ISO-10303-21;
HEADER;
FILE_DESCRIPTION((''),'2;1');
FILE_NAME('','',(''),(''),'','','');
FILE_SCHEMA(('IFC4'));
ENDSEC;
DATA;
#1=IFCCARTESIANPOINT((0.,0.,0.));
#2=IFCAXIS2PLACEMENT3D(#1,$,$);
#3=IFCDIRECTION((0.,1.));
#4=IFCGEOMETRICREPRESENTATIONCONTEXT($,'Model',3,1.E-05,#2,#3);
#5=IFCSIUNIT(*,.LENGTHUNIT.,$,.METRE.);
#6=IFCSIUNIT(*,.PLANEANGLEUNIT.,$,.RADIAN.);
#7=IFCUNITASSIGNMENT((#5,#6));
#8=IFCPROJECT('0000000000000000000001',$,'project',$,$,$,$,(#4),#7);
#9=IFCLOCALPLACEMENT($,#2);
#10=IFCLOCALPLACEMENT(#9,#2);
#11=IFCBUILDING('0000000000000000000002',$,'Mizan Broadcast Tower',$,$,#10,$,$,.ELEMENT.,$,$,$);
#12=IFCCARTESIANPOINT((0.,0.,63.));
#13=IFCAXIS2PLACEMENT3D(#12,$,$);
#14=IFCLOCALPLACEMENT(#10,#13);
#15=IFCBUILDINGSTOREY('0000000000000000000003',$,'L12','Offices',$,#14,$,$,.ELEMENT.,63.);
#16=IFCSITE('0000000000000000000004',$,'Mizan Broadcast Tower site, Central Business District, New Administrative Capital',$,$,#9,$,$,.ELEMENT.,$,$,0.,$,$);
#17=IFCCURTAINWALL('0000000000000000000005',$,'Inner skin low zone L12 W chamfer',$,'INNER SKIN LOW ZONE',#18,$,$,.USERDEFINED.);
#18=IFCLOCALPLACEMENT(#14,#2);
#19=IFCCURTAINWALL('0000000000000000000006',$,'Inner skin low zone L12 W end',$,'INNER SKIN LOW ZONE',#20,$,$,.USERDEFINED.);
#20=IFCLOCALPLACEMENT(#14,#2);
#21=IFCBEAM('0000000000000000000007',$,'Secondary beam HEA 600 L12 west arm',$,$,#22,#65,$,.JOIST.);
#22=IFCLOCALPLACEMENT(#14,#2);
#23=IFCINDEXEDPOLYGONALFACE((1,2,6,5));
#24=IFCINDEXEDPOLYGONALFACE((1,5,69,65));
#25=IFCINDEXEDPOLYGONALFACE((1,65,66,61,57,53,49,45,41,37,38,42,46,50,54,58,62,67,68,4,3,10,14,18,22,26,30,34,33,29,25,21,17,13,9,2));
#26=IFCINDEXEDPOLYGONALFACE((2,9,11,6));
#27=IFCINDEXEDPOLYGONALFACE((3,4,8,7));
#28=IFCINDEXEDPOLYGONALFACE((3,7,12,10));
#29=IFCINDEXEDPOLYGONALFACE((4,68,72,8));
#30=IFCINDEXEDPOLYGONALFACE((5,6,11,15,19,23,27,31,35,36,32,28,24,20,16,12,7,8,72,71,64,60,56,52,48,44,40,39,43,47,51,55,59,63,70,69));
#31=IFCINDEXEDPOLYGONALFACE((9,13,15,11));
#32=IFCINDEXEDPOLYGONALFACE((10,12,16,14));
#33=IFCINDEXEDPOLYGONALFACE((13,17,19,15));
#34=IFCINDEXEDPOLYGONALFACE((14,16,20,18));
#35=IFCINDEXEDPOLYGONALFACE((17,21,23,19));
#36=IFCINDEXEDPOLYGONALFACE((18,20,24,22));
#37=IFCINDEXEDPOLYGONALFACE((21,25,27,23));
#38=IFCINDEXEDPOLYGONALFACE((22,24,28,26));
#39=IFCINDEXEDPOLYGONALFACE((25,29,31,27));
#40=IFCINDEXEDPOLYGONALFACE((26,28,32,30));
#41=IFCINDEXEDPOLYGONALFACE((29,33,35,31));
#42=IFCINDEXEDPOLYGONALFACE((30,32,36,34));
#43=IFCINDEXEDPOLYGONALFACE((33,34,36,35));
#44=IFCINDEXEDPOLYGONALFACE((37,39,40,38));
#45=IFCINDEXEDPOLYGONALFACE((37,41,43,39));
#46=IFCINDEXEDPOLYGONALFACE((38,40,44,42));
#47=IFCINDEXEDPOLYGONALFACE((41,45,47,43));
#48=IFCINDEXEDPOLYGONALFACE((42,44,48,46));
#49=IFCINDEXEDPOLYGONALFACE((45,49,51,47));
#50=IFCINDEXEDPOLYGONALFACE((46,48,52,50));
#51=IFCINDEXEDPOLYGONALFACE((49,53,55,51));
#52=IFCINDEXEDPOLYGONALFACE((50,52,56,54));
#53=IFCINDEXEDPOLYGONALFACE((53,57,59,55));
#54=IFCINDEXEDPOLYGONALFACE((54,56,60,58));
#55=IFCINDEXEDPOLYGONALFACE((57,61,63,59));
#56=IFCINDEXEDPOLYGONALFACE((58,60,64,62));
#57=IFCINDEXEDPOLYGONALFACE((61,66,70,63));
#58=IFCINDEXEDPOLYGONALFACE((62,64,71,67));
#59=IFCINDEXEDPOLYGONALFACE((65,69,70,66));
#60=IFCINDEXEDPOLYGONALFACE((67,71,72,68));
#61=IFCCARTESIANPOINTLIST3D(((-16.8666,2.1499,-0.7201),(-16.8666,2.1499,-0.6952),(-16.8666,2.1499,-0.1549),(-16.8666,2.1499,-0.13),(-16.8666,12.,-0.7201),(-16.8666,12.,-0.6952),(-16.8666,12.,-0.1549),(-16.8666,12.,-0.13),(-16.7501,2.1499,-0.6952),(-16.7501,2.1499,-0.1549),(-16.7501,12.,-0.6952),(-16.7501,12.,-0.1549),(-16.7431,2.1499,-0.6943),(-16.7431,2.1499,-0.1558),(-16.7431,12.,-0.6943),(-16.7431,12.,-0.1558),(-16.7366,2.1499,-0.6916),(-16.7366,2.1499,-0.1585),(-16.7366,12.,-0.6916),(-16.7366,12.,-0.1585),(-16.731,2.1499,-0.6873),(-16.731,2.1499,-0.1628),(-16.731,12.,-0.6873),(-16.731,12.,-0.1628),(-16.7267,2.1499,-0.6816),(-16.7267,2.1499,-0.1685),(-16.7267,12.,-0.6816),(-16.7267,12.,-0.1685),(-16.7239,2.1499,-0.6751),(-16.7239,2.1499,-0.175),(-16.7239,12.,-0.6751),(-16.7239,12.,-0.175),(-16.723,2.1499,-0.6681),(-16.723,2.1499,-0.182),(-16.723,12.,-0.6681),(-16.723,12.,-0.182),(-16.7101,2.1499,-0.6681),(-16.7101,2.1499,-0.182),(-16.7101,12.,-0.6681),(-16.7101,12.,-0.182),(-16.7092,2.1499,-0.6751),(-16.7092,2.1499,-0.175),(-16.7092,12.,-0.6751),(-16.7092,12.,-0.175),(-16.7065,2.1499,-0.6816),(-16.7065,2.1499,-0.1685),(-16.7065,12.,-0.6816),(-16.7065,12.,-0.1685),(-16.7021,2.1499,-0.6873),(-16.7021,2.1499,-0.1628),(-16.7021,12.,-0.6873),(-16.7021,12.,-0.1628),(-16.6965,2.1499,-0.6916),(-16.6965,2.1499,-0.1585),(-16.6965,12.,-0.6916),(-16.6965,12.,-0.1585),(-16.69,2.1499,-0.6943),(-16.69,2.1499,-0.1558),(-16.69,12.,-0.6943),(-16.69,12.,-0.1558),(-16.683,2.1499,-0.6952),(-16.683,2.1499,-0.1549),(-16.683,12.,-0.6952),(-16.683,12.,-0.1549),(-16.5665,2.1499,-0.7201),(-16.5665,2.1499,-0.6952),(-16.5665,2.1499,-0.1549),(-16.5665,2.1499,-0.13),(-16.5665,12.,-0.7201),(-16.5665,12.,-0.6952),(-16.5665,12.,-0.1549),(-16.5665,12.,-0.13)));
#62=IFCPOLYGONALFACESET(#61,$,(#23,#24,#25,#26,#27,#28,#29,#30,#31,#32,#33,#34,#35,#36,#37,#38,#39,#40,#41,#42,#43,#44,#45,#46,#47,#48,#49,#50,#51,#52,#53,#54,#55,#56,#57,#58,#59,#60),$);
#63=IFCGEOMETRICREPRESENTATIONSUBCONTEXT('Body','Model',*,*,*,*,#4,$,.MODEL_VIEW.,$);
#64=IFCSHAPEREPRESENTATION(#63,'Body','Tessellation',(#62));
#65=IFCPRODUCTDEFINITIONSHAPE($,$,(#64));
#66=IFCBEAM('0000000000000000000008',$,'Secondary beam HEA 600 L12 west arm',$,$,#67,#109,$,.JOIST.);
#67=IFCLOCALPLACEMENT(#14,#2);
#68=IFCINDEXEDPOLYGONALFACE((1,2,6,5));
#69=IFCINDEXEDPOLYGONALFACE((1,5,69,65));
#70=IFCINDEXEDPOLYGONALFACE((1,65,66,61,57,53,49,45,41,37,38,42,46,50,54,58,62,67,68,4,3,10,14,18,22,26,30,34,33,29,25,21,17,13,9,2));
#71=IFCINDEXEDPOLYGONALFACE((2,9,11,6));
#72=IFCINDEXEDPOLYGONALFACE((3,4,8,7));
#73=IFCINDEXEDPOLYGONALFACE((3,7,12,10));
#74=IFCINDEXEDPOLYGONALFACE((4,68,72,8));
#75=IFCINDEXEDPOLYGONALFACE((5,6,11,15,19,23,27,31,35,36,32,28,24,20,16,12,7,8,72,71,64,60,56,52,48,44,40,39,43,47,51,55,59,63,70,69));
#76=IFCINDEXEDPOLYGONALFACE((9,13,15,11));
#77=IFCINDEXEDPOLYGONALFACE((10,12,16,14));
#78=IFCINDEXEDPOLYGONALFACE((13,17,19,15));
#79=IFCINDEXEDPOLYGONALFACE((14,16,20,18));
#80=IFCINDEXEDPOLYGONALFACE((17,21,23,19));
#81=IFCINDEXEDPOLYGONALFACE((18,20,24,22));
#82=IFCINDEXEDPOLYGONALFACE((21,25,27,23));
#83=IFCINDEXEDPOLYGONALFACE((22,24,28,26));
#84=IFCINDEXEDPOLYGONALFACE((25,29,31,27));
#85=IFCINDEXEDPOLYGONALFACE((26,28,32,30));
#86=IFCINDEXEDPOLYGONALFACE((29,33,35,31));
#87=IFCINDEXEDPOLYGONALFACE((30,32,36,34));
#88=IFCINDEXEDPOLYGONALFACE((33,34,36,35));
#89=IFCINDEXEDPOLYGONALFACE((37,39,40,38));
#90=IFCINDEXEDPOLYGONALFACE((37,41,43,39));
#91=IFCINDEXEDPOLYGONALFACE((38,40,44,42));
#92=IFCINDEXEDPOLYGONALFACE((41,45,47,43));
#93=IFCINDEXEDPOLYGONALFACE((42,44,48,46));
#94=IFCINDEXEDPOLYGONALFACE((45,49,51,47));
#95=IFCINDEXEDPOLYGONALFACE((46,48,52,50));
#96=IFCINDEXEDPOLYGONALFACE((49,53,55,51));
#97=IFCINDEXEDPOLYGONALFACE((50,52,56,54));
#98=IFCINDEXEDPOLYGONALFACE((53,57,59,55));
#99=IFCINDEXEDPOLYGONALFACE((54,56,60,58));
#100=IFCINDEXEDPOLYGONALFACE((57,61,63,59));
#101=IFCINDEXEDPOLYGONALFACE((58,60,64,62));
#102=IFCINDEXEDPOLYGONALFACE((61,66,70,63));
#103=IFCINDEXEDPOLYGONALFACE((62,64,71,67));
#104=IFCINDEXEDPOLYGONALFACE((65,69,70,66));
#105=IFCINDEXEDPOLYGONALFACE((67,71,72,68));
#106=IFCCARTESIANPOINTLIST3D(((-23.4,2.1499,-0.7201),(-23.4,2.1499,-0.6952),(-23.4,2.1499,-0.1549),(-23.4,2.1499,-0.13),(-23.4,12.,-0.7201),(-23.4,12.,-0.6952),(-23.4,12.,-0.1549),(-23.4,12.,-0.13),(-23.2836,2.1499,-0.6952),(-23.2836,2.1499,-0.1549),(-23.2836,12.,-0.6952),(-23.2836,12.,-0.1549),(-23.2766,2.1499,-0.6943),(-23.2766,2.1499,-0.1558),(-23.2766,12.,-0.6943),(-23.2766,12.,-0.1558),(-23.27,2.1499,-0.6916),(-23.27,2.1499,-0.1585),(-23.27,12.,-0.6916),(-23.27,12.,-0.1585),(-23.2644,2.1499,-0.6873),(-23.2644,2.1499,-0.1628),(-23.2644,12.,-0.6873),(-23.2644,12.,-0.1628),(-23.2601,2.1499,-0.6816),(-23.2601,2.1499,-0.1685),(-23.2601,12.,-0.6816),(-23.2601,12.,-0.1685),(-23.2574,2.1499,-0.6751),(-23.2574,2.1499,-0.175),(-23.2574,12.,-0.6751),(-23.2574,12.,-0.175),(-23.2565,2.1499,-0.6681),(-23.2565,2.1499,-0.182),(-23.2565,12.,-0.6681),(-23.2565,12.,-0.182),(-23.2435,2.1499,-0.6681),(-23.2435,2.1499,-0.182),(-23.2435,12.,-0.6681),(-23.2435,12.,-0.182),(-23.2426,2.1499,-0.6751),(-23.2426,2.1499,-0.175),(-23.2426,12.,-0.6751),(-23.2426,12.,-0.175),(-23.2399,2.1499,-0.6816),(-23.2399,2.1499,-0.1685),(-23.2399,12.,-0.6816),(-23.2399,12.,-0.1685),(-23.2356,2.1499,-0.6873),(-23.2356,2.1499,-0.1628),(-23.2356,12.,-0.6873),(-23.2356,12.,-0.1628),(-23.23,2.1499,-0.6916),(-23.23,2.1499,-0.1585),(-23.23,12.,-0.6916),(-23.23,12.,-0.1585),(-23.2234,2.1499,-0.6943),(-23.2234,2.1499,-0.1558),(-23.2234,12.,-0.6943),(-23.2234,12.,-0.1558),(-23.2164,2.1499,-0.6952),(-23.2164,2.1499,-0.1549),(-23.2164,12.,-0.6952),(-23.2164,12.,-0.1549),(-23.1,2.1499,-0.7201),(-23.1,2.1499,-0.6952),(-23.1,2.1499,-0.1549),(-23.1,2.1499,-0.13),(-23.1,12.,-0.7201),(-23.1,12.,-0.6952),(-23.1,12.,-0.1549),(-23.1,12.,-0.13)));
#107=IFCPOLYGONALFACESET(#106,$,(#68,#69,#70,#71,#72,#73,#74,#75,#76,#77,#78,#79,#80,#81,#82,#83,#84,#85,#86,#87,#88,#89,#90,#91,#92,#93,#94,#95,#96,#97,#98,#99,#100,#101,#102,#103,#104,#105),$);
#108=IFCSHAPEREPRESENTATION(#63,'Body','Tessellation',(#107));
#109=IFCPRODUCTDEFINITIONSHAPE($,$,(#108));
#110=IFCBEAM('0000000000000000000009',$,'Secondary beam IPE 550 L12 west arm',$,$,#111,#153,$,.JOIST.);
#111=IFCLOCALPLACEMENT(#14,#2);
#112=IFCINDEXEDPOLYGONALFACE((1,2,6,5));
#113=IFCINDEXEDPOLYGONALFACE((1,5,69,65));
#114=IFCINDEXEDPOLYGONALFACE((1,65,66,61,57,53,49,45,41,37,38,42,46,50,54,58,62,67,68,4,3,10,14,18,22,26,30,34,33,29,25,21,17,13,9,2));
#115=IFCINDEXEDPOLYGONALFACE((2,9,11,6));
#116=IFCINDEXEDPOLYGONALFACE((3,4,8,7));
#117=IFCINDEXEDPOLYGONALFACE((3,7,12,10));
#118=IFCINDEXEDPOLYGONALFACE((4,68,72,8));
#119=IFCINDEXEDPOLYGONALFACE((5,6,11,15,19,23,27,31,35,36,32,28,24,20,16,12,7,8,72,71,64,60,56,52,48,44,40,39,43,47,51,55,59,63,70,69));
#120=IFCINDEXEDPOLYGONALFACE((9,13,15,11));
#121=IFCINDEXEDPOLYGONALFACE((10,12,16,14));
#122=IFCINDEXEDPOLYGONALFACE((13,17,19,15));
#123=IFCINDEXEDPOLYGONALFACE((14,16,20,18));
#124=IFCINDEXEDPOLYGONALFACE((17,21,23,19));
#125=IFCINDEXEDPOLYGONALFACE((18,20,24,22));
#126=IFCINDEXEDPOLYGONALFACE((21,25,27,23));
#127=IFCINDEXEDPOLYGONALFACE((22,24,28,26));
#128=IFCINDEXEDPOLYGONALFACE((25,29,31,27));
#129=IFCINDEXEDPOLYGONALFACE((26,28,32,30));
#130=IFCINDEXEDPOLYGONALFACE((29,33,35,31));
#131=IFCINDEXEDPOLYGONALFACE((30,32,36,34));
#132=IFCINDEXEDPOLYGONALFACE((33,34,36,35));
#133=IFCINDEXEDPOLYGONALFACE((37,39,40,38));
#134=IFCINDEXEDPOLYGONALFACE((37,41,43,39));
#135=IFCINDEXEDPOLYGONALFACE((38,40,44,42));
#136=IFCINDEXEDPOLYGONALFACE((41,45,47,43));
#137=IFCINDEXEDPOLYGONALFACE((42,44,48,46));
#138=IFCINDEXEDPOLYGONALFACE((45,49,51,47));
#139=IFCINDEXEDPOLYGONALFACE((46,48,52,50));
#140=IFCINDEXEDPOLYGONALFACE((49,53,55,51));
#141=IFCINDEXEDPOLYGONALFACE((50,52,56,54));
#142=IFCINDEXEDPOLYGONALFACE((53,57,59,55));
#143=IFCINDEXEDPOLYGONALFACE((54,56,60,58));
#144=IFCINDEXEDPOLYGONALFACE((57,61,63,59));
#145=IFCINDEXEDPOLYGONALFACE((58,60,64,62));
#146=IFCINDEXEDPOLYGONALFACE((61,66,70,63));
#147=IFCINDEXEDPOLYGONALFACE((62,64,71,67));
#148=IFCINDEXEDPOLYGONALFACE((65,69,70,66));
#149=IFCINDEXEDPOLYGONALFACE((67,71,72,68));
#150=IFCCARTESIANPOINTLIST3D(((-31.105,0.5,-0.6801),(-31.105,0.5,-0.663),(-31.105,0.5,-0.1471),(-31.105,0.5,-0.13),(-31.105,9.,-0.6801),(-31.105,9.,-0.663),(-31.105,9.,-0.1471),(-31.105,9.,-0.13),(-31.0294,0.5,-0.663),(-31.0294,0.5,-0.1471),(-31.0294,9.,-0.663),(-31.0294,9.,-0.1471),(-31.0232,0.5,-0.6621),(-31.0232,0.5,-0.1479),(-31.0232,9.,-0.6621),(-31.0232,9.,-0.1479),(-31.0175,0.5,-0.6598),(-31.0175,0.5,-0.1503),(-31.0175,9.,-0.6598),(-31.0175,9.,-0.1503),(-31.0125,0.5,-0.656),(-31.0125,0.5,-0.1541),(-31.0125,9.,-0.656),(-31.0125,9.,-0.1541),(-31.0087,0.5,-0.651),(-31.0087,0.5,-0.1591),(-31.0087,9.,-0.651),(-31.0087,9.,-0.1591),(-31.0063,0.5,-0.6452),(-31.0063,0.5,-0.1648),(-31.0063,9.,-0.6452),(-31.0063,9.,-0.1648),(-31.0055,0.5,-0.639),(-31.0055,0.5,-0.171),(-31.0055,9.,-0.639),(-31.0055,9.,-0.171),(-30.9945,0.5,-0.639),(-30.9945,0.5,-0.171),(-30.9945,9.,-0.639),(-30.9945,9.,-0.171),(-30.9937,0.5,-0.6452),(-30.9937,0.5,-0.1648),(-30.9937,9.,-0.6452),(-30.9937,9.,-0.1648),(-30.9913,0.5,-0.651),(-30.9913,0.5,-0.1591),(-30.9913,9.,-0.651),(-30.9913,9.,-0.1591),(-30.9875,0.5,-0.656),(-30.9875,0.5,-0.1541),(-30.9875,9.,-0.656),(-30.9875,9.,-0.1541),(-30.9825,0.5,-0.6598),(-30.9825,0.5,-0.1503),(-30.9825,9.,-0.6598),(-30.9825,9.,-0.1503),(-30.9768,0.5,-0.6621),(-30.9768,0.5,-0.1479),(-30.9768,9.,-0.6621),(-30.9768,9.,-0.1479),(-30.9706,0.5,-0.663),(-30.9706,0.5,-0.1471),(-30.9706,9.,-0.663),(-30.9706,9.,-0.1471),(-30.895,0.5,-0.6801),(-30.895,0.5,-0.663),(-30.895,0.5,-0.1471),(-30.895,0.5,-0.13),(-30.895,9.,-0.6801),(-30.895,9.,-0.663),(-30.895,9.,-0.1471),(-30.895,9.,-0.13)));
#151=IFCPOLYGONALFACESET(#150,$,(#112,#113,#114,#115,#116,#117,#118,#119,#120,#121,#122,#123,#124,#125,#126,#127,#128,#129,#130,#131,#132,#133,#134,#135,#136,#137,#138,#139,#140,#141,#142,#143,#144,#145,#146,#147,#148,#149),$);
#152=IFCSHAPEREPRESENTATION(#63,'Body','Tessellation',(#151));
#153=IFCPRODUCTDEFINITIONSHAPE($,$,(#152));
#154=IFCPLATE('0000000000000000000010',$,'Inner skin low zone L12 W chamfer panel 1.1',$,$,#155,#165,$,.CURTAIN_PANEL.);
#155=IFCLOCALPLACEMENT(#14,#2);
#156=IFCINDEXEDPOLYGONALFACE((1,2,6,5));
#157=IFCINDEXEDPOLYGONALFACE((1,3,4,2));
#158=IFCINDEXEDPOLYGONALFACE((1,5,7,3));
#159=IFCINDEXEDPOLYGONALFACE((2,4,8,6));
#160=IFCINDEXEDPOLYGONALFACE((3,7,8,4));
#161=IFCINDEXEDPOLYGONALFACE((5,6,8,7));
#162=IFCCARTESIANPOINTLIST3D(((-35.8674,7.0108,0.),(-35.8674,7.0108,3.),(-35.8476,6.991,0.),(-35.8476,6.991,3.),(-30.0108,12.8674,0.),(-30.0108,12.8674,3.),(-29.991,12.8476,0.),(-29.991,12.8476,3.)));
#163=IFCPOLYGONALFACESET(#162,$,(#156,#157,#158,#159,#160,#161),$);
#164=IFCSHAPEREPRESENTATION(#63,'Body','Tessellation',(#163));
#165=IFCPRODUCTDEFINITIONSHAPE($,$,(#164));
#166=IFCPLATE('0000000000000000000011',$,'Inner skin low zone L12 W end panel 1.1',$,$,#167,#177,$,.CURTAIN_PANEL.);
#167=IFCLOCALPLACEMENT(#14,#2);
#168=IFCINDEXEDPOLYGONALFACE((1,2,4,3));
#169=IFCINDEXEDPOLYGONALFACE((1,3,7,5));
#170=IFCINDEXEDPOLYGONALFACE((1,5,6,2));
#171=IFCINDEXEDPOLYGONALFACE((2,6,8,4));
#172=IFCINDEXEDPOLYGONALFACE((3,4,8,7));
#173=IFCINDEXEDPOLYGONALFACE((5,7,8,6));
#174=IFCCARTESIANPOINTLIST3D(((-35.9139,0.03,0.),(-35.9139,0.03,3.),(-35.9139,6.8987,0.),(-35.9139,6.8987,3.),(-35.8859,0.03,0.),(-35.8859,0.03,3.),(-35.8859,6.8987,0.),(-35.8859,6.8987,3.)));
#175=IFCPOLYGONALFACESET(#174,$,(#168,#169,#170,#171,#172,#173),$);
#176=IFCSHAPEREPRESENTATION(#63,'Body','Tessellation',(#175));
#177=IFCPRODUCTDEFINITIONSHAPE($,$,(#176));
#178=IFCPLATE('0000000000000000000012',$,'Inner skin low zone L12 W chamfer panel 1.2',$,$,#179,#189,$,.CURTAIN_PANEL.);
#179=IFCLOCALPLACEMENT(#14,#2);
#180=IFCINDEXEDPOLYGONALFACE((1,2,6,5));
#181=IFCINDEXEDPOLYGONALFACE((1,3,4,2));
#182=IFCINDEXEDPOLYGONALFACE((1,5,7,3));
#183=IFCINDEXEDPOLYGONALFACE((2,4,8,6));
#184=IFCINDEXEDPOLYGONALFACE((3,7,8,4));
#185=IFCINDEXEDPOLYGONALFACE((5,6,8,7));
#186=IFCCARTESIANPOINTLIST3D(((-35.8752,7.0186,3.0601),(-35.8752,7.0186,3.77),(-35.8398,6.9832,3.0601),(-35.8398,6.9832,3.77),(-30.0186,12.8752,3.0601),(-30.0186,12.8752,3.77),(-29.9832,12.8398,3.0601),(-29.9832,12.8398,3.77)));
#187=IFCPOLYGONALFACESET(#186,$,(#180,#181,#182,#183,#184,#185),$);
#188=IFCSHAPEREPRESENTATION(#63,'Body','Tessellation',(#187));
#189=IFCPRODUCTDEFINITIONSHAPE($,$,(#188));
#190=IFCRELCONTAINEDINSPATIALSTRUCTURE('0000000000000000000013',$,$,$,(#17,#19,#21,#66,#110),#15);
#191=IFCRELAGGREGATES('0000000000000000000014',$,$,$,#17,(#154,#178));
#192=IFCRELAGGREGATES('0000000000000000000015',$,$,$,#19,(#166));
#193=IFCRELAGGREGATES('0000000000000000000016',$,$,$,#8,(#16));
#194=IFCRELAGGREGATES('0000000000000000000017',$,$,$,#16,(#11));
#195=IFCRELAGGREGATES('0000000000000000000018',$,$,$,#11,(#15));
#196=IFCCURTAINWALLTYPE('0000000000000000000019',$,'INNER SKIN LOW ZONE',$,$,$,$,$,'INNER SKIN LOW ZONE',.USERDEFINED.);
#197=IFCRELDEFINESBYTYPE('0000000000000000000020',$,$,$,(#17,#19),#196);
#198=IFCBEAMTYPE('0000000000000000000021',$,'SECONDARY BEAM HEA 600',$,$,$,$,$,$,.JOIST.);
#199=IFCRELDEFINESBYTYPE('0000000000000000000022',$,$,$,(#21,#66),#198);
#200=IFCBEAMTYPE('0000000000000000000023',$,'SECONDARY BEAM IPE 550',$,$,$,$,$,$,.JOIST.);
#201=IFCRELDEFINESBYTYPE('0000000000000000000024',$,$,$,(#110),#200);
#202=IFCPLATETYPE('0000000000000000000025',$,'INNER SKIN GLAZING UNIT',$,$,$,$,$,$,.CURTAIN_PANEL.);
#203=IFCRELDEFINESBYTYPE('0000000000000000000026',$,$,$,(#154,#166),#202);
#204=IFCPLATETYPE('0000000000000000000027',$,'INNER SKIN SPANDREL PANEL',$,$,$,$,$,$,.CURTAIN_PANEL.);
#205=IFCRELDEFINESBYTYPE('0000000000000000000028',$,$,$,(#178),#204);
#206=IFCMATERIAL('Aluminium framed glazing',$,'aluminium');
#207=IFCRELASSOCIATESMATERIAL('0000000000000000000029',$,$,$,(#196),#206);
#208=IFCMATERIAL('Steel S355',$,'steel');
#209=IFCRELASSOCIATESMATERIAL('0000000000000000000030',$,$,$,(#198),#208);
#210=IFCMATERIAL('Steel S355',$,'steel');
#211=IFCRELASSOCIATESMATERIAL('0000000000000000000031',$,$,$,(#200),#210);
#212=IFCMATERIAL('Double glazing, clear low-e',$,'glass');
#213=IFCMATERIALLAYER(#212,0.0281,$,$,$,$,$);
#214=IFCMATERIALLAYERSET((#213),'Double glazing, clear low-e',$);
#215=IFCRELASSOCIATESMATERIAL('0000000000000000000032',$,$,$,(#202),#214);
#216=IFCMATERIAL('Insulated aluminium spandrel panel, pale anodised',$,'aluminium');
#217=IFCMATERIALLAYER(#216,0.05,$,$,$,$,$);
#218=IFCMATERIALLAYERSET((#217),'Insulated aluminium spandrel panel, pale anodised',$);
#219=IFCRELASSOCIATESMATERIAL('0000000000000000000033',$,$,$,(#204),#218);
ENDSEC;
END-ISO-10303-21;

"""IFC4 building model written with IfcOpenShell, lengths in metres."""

from ifc_helpers import new_model, si_unit, direction, frame, origin, origin_2d, place, context, subcontext, project, spatial, rectangle, i_section, extrude, material, layer, layer_set, material_profile, profile_set, type_object, element, aggregate, save


model = new_model("IFC4")

# Units and contexts
model_context = context("Model", 3, precision=1e-05, world=origin(), true_north=direction((0.0, 1.0)))
body_context = subcontext(model_context, "Body", "Model", "MODEL_VIEW")
ifc_project = project(units=[si_unit("LENGTHUNIT", "METRE"), si_unit("PLANEANGLEUNIT", "RADIAN")], contexts=[model_context])

# Site, building, storey
site_placement = place(None, origin())
site = spatial("IfcSite", under=ifc_project, at=site_placement, Name="Mizan Broadcast Tower site, Central Business District, New Administrative Capital", CompositionType="ELEMENT", RefElevation=0.0)
building_placement = place(site_placement, origin())
building = spatial("IfcBuilding", under=site, at=building_placement, Name="Mizan Broadcast Tower", CompositionType="ELEMENT")
storey_placement = place(building_placement, frame((0.0, 0.0, 63.0)))
storey = spatial("IfcBuildingStorey", under=building, at=storey_placement, Name="L12", Description="Offices", CompositionType="ELEMENT", Elevation=63.0)

# Curtain walls
ifc_material_1 = material(Name="Aluminium framed glazing", Category="aluminium")
curtain_wall_type_1 = type_object("IfcCurtainWallType", Name="INNER SKIN LOW ZONE", ElementType="INNER SKIN LOW ZONE", PredefinedType="USERDEFINED", material=ifc_material_1)
curtain_wall_1_placement = place(storey_placement, origin())
curtain_wall_1 = element("IfcCurtainWall", 1, at=curtain_wall_1_placement, inside=storey, type_object=curtain_wall_type_1, Name="Inner skin low zone L12 W chamfer", ObjectType="INNER SKIN LOW ZONE", PredefinedType="USERDEFINED")
curtain_wall_2_placement = place(storey_placement, origin())
curtain_wall_2 = element("IfcCurtainWall", 2, at=curtain_wall_2_placement, inside=storey, type_object=curtain_wall_type_1, Name="Inner skin low zone L12 W end", ObjectType="INNER SKIN LOW ZONE", PredefinedType="USERDEFINED")

# Beams
ifc_material_2 = material(Name="Steel S355", Category="steel")
ifc_material_profile_1 = material_profile(ifc_material_2, i_section(OverallWidth=0.3, OverallDepth=0.5901, WebThickness=0.0129, FlangeThickness=0.0249, FilletRadius=0.0271, at=origin_2d()), Name="HEA 600")
ifc_profile_set_1 = profile_set([ifc_material_profile_1], Name="Steel S355")
beam_type_1 = type_object("IfcBeamType", Name="SECONDARY BEAM HEA 600", PredefinedType="JOIST", material=ifc_profile_set_1)
for number, where, z_axis, x_axis, name in (
    (3, (-16.7166, 12.0, -0.425), (0.0, -1.0, 0.0), (1.0, 0.0, 0.0), "Secondary beam HEA 600 L12 west arm"),
    (4, (-23.25, 12.0, -0.425), (0.0, -1.0, 0.0), (1.0, 0.0, 0.0), "Secondary beam HEA 600 L12 west arm"),
):
    element("IfcBeam", number, at=place(storey_placement, frame(where, z_axis=z_axis, x_axis=x_axis)), inside=storey, type_object=beam_type_1, Name=name, PredefinedType="JOIST", context=body_context, shape_type="SweptSolid", body=[
        extrude(i_section(OverallWidth=0.3, OverallDepth=0.5901, WebThickness=0.0129, FlangeThickness=0.0249, FilletRadius=0.0271, at=origin_2d()), origin(), (0.0, 0.0, 1.0), 9.8501),
    ])
ifc_material_3 = material(Name="Steel S355", Category="steel")
ifc_material_profile_2 = material_profile(ifc_material_3, i_section(OverallWidth=0.21, OverallDepth=0.55, WebThickness=0.011, FlangeThickness=0.0171, FilletRadius=0.0239, at=origin_2d()), Name="IPE 550")
ifc_profile_set_2 = profile_set([ifc_material_profile_2], Name="Steel S355")
beam_type_2 = type_object("IfcBeamType", Name="SECONDARY BEAM IPE 550", PredefinedType="JOIST", material=ifc_profile_set_2)
beam_1_placement = place(storey_placement, frame((-31.0, 9.0, -0.405), z_axis=(0.0, -1.0, 0.0), x_axis=(1.0, 0.0, 0.0)))
element("IfcBeam", 5, at=beam_1_placement, inside=storey, type_object=beam_type_2, Name="Secondary beam IPE 550 L12 west arm", PredefinedType="JOIST", context=body_context, shape_type="SweptSolid", body=[
    extrude(i_section(OverallWidth=0.21, OverallDepth=0.55, WebThickness=0.011, FlangeThickness=0.0171, FilletRadius=0.0239, at=origin_2d()), origin(), (0.0, 0.0, 1.0), 8.5),
])

# Plates
ifc_material_4 = material(Name="Double glazing, clear low-e", Category="glass")
ifc_layer_1 = layer(ifc_material_4, 0.0281)
ifc_layer_set_1 = layer_set([ifc_layer_1], Name="Double glazing, clear low-e")
plate_type_1 = type_object("IfcPlateType", Name="INNER SKIN GLAZING UNIT", PredefinedType="CURTAIN_PANEL", material=ifc_layer_set_1)
plate_1_placement = place(storey_placement, frame((-32.9292, 9.9292, 0.0), z_axis=(0.0, 0.0, 1.0), x_axis=(-0.707107, -0.707107, 0.0)))
plate_1 = element("IfcPlate", 6, at=plate_1_placement, type_object=plate_type_1, Name="Inner skin low zone L12 W chamfer panel 1.1", PredefinedType="CURTAIN_PANEL", context=body_context, shape_type="SweptSolid", body=[
    extrude(rectangle(XDim=8.2825, YDim=0.0281, at=origin_2d()), origin(), (0.0, 0.0, 1.0), 3.0),
])
plate_2_placement = place(storey_placement, frame((-35.8999, 3.4644, 0.0), z_axis=(0.0, 0.0, 1.0), x_axis=(0.0, -1.0, 0.0)))
plate_2 = element("IfcPlate", 7, at=plate_2_placement, type_object=plate_type_1, Name="Inner skin low zone L12 W end panel 1.1", PredefinedType="CURTAIN_PANEL", context=body_context, shape_type="SweptSolid", body=[
    extrude(rectangle(XDim=6.8687, YDim=0.0281, at=origin_2d()), origin(), (0.0, 0.0, 1.0), 3.0),
])
ifc_material_5 = material(Name="Insulated aluminium spandrel panel, pale anodised", Category="aluminium")
ifc_layer_2 = layer(ifc_material_5, 0.05)
ifc_layer_set_2 = layer_set([ifc_layer_2], Name="Insulated aluminium spandrel panel, pale anodised")
plate_type_2 = type_object("IfcPlateType", Name="INNER SKIN SPANDREL PANEL", PredefinedType="CURTAIN_PANEL", material=ifc_layer_set_2)
plate_3_placement = place(storey_placement, frame((-32.9292, 9.9292, 3.0601), z_axis=(0.0, 0.0, 1.0), x_axis=(-0.707107, -0.707107, 0.0)))
plate_3 = element("IfcPlate", 8, at=plate_3_placement, type_object=plate_type_2, Name="Inner skin low zone L12 W chamfer panel 1.2", PredefinedType="CURTAIN_PANEL", context=body_context, shape_type="SweptSolid", body=[
    extrude(rectangle(XDim=8.2825, YDim=0.05, at=origin_2d()), origin(), (0.0, 0.0, 1.0), 0.71),
])
aggregate(curtain_wall_1, [plate_1, plate_3])
aggregate(curtain_wall_2, [plate_2])

save(model, "model.ifc")
